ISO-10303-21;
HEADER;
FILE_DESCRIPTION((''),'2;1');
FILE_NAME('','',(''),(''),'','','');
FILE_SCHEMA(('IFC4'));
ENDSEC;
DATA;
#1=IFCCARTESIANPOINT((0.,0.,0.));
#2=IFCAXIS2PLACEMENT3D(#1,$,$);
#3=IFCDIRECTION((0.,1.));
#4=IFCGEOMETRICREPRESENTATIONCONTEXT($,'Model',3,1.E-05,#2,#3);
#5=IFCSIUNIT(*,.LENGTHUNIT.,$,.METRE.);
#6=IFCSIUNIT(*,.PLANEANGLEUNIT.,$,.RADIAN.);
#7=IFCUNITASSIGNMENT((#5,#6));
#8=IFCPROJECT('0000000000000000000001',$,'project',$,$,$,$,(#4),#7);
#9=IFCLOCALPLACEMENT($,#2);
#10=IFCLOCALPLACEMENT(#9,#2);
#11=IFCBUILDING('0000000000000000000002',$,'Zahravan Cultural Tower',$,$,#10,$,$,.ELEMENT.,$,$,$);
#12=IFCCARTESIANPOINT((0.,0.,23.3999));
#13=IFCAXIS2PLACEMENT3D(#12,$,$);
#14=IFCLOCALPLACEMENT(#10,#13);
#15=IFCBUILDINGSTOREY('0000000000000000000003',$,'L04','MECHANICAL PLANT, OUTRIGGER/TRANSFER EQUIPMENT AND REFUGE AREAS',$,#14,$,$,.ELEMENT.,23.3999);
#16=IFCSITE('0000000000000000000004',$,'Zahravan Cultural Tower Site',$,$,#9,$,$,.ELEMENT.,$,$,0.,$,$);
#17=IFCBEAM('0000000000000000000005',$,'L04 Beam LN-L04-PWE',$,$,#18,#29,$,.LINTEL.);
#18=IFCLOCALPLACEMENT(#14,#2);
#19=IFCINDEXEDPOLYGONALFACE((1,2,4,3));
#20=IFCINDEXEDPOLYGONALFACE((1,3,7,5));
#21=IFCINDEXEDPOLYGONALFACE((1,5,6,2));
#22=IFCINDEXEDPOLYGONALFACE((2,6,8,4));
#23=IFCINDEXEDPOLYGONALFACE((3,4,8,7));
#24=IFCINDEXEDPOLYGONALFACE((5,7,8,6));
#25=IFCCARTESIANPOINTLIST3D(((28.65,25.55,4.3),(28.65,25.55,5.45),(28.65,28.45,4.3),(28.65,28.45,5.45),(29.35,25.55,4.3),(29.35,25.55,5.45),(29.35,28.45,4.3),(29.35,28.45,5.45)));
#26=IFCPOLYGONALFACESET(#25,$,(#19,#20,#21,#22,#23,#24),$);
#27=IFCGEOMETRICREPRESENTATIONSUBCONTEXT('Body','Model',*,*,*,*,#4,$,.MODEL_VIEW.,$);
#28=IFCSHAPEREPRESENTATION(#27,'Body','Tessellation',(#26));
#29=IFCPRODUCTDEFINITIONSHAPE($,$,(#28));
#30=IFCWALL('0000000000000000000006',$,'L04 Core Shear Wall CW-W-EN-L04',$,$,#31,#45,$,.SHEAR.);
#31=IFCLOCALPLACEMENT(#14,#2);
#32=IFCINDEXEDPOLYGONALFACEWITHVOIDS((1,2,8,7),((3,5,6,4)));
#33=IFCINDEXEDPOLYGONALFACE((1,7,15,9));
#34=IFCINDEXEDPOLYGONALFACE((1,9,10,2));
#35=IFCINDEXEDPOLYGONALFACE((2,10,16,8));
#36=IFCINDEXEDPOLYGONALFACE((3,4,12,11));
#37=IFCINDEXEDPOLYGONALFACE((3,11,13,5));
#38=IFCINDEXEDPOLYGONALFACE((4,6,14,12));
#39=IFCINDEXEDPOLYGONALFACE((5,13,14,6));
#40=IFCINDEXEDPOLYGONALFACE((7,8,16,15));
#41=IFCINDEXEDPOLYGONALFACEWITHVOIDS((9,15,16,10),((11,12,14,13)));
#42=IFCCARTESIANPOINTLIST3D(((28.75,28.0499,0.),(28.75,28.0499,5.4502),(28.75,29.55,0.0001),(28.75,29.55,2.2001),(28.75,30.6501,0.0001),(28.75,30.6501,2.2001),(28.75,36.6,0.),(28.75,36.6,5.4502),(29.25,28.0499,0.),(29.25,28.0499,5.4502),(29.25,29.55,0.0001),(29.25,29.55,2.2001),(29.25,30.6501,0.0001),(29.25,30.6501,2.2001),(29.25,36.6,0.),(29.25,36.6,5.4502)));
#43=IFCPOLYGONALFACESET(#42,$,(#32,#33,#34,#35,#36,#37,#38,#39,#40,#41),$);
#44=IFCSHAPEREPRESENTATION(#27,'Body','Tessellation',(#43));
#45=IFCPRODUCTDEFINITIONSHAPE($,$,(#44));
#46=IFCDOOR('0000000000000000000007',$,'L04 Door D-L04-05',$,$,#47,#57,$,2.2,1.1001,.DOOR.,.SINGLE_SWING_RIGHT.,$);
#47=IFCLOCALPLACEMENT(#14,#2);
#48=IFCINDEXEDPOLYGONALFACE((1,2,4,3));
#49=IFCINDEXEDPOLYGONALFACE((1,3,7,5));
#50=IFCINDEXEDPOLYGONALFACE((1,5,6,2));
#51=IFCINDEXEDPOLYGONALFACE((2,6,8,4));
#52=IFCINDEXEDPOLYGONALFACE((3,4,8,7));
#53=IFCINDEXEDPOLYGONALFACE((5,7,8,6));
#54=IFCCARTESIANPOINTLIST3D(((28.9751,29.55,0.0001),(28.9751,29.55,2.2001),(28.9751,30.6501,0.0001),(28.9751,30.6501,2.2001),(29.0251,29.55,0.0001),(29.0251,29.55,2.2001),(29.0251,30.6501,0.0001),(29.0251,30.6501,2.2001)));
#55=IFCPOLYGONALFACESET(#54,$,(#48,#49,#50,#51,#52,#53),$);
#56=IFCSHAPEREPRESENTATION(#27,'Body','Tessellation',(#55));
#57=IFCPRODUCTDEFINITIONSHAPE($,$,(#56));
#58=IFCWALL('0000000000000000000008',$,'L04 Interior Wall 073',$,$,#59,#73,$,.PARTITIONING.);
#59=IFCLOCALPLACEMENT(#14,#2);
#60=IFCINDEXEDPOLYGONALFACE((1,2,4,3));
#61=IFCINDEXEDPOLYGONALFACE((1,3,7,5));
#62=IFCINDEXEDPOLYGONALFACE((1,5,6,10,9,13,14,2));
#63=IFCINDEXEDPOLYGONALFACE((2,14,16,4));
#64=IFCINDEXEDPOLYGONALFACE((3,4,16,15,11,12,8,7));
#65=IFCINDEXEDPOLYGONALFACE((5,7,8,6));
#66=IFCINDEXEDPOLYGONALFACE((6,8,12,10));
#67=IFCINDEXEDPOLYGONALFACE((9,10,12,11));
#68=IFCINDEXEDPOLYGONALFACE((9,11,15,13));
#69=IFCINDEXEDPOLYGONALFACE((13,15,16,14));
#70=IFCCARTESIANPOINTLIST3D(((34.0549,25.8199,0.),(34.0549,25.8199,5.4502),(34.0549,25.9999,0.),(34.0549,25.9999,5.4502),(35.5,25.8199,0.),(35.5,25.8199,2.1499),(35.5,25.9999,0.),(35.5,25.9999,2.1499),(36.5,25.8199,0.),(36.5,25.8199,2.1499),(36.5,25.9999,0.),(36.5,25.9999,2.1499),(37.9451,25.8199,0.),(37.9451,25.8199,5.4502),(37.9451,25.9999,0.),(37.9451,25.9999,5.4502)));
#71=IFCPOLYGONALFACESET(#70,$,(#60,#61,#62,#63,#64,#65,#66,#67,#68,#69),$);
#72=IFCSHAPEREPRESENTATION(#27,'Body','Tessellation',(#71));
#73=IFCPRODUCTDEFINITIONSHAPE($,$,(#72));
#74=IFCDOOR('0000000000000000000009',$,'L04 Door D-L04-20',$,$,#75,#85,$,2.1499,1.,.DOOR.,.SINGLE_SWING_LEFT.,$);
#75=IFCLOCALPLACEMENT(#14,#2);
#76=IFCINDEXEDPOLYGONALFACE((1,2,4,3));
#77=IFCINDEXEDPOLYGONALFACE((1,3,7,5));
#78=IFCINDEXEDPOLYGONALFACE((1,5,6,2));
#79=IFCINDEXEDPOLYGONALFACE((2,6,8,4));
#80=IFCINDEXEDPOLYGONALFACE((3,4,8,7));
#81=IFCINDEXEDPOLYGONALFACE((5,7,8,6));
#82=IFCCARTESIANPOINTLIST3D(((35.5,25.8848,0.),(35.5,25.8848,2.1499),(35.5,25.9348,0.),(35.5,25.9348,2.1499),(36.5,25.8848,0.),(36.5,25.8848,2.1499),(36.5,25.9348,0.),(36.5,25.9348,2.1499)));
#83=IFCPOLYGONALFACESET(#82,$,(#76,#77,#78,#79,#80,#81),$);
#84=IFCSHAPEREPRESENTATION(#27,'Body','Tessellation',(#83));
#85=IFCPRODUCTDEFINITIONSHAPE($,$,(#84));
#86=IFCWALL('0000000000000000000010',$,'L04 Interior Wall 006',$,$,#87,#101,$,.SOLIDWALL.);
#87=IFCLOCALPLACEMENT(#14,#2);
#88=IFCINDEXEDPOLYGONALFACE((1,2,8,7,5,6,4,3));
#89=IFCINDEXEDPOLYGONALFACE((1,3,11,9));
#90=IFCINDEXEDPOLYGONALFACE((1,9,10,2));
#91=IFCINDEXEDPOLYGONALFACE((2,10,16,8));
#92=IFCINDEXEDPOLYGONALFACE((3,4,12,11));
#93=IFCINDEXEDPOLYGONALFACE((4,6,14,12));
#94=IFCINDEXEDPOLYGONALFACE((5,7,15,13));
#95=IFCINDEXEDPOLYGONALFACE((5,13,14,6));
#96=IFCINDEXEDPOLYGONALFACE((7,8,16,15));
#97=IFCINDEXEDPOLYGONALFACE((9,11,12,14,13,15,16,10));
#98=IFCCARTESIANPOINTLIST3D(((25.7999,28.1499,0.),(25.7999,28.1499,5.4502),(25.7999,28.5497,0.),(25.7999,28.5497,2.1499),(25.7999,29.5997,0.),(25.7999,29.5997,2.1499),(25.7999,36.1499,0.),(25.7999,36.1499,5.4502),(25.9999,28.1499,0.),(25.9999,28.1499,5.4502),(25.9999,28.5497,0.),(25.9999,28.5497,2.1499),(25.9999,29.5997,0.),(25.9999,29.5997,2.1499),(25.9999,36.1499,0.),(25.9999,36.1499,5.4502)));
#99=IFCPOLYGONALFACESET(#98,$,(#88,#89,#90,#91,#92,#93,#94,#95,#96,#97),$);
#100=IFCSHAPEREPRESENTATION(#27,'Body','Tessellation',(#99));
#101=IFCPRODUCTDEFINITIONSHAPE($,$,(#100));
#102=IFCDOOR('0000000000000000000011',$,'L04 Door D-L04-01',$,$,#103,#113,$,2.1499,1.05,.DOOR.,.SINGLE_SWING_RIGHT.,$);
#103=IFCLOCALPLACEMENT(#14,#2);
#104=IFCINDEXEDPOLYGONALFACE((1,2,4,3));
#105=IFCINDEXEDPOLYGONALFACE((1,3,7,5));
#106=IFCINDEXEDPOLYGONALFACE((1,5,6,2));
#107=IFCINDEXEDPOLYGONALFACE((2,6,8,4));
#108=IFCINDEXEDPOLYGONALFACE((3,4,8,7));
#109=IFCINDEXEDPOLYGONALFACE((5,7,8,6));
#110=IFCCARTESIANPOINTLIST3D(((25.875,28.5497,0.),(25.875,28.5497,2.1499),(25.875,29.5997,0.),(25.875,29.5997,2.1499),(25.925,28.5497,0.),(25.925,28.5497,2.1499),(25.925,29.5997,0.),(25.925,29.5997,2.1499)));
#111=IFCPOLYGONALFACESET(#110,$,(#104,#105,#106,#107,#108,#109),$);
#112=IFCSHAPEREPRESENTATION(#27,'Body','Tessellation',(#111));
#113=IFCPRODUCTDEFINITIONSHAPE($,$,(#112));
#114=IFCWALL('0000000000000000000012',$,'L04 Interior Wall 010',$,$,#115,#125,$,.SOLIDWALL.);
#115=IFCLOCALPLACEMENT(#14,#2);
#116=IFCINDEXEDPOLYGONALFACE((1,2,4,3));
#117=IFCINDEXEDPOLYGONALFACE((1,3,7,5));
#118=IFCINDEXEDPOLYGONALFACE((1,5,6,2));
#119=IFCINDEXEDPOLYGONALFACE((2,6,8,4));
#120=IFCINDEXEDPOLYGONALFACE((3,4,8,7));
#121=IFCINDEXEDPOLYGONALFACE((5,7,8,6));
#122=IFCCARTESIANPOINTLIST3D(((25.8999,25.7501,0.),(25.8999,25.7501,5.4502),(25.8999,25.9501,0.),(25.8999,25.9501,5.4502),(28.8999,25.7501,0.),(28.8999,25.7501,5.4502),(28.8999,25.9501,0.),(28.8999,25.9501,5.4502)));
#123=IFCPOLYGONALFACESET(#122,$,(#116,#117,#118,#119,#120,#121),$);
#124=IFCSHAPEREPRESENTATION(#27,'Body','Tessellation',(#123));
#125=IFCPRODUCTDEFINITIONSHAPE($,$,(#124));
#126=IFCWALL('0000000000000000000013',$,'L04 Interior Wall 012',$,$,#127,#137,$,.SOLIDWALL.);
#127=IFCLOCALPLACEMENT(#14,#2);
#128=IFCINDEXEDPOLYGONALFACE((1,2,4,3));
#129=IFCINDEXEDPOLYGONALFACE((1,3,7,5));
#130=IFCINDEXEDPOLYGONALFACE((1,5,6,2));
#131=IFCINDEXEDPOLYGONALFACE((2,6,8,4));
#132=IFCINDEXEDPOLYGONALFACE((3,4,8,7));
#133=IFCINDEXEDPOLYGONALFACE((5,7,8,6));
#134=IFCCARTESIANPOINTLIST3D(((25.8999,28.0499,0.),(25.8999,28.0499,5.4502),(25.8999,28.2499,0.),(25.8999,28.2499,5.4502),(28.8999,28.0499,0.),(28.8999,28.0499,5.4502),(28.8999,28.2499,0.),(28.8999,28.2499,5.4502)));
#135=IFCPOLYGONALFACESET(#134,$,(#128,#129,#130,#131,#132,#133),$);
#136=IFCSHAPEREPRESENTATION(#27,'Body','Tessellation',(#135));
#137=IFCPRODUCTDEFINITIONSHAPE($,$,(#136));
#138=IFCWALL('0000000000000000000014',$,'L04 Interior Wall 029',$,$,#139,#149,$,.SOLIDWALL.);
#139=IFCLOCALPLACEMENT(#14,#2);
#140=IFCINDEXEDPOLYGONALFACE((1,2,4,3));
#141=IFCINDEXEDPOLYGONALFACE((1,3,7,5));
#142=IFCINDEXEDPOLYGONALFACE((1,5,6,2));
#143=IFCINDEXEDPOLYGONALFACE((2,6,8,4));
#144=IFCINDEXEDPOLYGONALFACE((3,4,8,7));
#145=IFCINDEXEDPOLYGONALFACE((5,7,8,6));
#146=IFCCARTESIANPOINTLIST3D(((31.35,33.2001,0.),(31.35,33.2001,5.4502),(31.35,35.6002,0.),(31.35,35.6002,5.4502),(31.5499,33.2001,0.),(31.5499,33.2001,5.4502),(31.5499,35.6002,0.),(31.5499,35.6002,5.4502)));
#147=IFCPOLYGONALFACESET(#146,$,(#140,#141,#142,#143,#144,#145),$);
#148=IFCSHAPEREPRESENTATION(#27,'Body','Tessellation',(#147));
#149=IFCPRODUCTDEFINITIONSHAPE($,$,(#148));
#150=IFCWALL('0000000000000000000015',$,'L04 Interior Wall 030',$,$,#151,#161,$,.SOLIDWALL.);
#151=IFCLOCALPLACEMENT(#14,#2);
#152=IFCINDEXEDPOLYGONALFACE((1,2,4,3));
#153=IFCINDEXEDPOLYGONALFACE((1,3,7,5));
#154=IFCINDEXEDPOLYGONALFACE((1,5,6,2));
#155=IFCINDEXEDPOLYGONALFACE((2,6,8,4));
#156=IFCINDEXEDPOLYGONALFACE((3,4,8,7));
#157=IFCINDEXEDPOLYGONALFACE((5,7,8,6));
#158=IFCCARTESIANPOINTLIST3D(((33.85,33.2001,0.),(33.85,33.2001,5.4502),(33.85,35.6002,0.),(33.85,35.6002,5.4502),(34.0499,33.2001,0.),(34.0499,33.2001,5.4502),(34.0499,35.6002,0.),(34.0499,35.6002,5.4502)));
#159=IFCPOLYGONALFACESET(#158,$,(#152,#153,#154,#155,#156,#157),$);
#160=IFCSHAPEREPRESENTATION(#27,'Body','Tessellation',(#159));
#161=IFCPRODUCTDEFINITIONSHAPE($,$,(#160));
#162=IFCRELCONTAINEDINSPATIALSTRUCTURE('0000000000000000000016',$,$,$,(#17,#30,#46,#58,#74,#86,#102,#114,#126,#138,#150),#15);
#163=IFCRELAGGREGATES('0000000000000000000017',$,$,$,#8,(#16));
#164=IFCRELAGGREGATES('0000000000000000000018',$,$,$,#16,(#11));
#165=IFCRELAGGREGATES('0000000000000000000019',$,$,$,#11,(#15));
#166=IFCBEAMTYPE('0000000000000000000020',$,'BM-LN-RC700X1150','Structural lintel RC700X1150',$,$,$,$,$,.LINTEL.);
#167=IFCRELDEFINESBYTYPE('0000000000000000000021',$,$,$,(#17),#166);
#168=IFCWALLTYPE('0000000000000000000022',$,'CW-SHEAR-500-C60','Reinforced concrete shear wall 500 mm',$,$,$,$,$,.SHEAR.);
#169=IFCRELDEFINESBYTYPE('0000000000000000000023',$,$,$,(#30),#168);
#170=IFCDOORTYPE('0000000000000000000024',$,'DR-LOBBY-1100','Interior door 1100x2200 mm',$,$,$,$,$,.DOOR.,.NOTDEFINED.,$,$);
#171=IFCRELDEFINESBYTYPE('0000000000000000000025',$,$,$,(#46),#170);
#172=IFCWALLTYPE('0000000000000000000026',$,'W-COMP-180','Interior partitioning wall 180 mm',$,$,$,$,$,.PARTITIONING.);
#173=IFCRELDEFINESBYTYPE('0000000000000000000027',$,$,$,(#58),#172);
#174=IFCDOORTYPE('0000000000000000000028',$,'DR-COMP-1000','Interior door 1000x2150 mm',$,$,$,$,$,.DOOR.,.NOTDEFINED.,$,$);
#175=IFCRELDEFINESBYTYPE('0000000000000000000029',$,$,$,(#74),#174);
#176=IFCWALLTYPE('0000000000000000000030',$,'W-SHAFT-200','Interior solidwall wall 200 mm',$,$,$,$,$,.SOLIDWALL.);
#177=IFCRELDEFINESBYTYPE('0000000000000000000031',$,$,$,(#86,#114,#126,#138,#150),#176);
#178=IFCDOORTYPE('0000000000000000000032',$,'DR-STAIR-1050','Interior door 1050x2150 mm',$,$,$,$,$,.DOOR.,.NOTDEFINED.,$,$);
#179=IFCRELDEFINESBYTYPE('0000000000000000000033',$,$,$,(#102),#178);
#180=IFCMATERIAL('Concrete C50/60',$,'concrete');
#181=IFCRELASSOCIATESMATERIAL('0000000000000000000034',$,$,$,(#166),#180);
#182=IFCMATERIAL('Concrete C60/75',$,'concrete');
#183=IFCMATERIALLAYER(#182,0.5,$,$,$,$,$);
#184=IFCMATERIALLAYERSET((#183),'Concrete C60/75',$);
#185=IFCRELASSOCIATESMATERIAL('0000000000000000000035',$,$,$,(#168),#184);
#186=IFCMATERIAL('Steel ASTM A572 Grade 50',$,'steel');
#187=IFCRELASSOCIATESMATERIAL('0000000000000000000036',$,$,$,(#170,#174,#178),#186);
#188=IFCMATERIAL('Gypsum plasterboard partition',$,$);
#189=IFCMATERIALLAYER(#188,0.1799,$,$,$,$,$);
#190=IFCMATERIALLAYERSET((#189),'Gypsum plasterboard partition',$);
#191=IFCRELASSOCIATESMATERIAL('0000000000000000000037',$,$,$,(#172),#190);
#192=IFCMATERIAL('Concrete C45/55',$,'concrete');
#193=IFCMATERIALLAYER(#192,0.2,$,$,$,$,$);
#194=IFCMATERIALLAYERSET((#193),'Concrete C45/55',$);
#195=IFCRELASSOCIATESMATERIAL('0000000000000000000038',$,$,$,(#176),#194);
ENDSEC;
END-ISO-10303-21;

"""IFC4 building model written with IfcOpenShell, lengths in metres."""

from ifc_helpers import new_model, si_unit, direction, frame, frame_2d, origin, origin_2d, place, context, subcontext, project, spatial, rectangle, extrude, source, transform, mapped, material, layer, layer_set, material_profile, profile_set, type_object, element, fill, save


model = new_model("IFC4")

# Units and contexts
model_context = context("Model", 3, precision=1e-05, world=origin(), true_north=direction((0.0, 1.0)))
body_context = subcontext(model_context, "Body", "Model", "MODEL_VIEW")
ifc_project = project(units=[si_unit("LENGTHUNIT", "METRE"), si_unit("PLANEANGLEUNIT", "RADIAN")], contexts=[model_context])

# Site, building, storey
site_placement = place(None, origin())
site = spatial("IfcSite", under=ifc_project, at=site_placement, Name="Zahravan Cultural Tower Site", CompositionType="ELEMENT", RefElevation=0.0)
building_placement = place(site_placement, origin())
building = spatial("IfcBuilding", under=site, at=building_placement, Name="Zahravan Cultural Tower", CompositionType="ELEMENT")
storey_placement = place(building_placement, frame((0.0, 0.0, 23.3999)))
storey = spatial("IfcBuildingStorey", under=building, at=storey_placement, Name="L04", Description="MECHANICAL PLANT, OUTRIGGER/TRANSFER EQUIPMENT AND REFUGE AREAS", CompositionType="ELEMENT", Elevation=23.3999)

# Beam
ifc_material_1 = material(Name="Concrete C50/60", Category="concrete")
ifc_material_profile = material_profile(ifc_material_1, rectangle(XDim=0.7, YDim=1.1499, at=origin_2d()), Name="RC700X1150")
ifc_profile_set = profile_set([ifc_material_profile], Name="Concrete C50/60")
beam_type = type_object("IfcBeamType", Name="BM-LN-RC700X1150", Description="Structural lintel RC700X1150", PredefinedType="LINTEL", material=ifc_profile_set)
shared_shape_1 = source(origin(), body_context, "Body", "SweptSolid", [
    extrude(rectangle(XDim=0.7, YDim=1.1499, at=origin_2d()), origin(), (0.0, 0.0, 1.0), 2.8999),
])
beam_placement = place(storey_placement, frame((29.0, 25.55, 4.875), z_axis=(0.0, 1.0, 0.0), x_axis=(-1.0, 0.0, 0.0)))
element("IfcBeam", 1, at=beam_placement, inside=storey, type_object=beam_type, Name="L04 Beam LN-L04-PWE", PredefinedType="LINTEL", context=body_context, shape_type="MappedRepresentation", body=[
    mapped(shared_shape_1, transform((0.0, 0.0, 0.0), x_axis=(1.0, 0.0, 0.0), y_axis=(0.0, 1.0, 0.0), z_axis=(0.0, 0.0, 1.0), scale=1.0)),
])

# Walls, openings, doors
ifc_material_2 = material(Name="Concrete C60/75", Category="concrete")
ifc_layer_1 = layer(ifc_material_2, 0.5)
ifc_layer_set_1 = layer_set([ifc_layer_1], Name="Concrete C60/75")
wall_type_1 = type_object("IfcWallType", Name="CW-SHEAR-500-C60", Description="Reinforced concrete shear wall 500 mm", PredefinedType="SHEAR", material=ifc_layer_set_1)
wall_1_placement = place(storey_placement, frame((29.0, 28.05, 0.0), z_axis=(0.0, 0.0, 1.0), x_axis=(0.0, 1.0, 0.0)))
wall_1 = element("IfcWall", 2, at=wall_1_placement, inside=storey, type_object=wall_type_1, Name="L04 Core Shear Wall CW-W-EN-L04", PredefinedType="SHEAR", context=body_context, shape_type="SweptSolid", body=[
    extrude(rectangle(XDim=8.55, YDim=0.5, at=frame_2d((4.2749, 0.0))), origin(), (0.0, 0.0, 1.0), 5.4502),
])
opening_1_placement = place(wall_1_placement, frame((1.5, 0.0, 0.0)))
opening_1 = element("IfcOpeningElement", 3, at=opening_1_placement, cuts=wall_1, PredefinedType="OPENING", context=body_context, shape_type="SweptSolid", body=[
    extrude(rectangle(XDim=1.1001, YDim=2.2, at=frame_2d((0.55, 1.1001))), frame((0.0, 0.26, 0.0), z_axis=(0.0, -1.0, 0.0), x_axis=(1.0, 0.0, 0.0)), (0.0, 0.0, 1.0), 0.52),
])
ifc_material_3 = material(Name="Steel ASTM A572 Grade 50", Category="steel")
door_type_1 = type_object("IfcDoorType", Name="DR-LOBBY-1100", Description="Interior door 1100x2200 mm", OperationType="NOTDEFINED", PredefinedType="DOOR", material=ifc_material_3)
shared_shape_2 = source(origin(), body_context, "Body", "SweptSolid", [
    extrude(rectangle(XDim=1.1001, YDim=2.2, at=frame_2d((0.55, 1.1001))), frame((0.0, 0.0249, 0.0), z_axis=(0.0, -1.0, 0.0), x_axis=(1.0, 0.0, 0.0)), (0.0, 0.0, 1.0), 0.05),
])
door_1_placement = place(opening_1_placement, origin())
door_1 = element("IfcDoor", 4, at=door_1_placement, inside=storey, type_object=door_type_1, Name="L04 Door D-L04-05", OperationType="SINGLE_SWING_RIGHT", OverallHeight=2.2, OverallWidth=1.1001, PredefinedType="DOOR", context=body_context, shape_type="MappedRepresentation", body=[
    mapped(shared_shape_2, transform((0.0, 0.0, 0.0), x_axis=(1.0, 0.0, 0.0), y_axis=(0.0, 1.0, 0.0), z_axis=(0.0, 0.0, 1.0), scale=1.0)),
])
fill(opening_1, door_1)
ifc_material_4 = material(Name="Gypsum plasterboard partition")
ifc_layer_2 = layer(ifc_material_4, 0.1799)
ifc_layer_set_2 = layer_set([ifc_layer_2], Name="Gypsum plasterboard partition")
wall_type_2 = type_object("IfcWallType", Name="W-COMP-180", Description="Interior partitioning wall 180 mm", PredefinedType="PARTITIONING", material=ifc_layer_set_2)
wall_2_placement = place(storey_placement, frame((34.0549, 25.9099, 0.0), z_axis=(0.0, 0.0, 1.0), x_axis=(1.0, 0.0, 0.0)))
wall_2 = element("IfcWall", 5, at=wall_2_placement, inside=storey, type_object=wall_type_2, Name="L04 Interior Wall 073", PredefinedType="PARTITIONING", context=body_context, shape_type="SweptSolid", body=[
    extrude(rectangle(XDim=3.8901, YDim=0.1799, at=frame_2d((1.9451, 0.0))), origin(), (0.0, 0.0, 1.0), 5.4502),
])
opening_2_placement = place(wall_2_placement, frame((1.4451, 0.0, 0.0)))
opening_2 = element("IfcOpeningElement", 6, at=opening_2_placement, cuts=wall_2, PredefinedType="OPENING", context=body_context, shape_type="SweptSolid", body=[
    extrude(rectangle(XDim=1.0, YDim=2.1499, at=frame_2d((0.5, 1.075))), frame((0.0, 0.0999, 0.0), z_axis=(0.0, -1.0, 0.0), x_axis=(1.0, 0.0, 0.0)), (0.0, 0.0, 1.0), 0.2),
])
door_type_2 = type_object("IfcDoorType", Name="DR-COMP-1000", Description="Interior door 1000x2150 mm", OperationType="NOTDEFINED", PredefinedType="DOOR", material=ifc_material_3)
shared_shape_3 = source(origin(), body_context, "Body", "SweptSolid", [
    extrude(rectangle(XDim=1.0, YDim=2.1499, at=frame_2d((0.5, 1.075))), frame((0.0, 0.0249, 0.0), z_axis=(0.0, -1.0, 0.0), x_axis=(1.0, 0.0, 0.0)), (0.0, 0.0, 1.0), 0.05),
])
door_2_placement = place(opening_2_placement, origin())
door_2 = element("IfcDoor", 7, at=door_2_placement, inside=storey, type_object=door_type_2, Name="L04 Door D-L04-20", OperationType="SINGLE_SWING_LEFT", OverallHeight=2.1499, OverallWidth=1.0, PredefinedType="DOOR", context=body_context, shape_type="MappedRepresentation", body=[
    mapped(shared_shape_3, transform((0.0, 0.0, 0.0), x_axis=(1.0, 0.0, 0.0), y_axis=(0.0, 1.0, 0.0), z_axis=(0.0, 0.0, 1.0), scale=1.0)),
])
fill(opening_2, door_2)
ifc_material_5 = material(Name="Concrete C45/55", Category="concrete")
ifc_layer_3 = layer(ifc_material_5, 0.2)
ifc_layer_set_3 = layer_set([ifc_layer_3], Name="Concrete C45/55")
wall_type_3 = type_object("IfcWallType", Name="W-SHAFT-200", Description="Interior solidwall wall 200 mm", PredefinedType="SOLIDWALL", material=ifc_layer_set_3)
wall_3_placement = place(storey_placement, frame((25.8999, 28.1499, 0.0), z_axis=(0.0, 0.0, 1.0), x_axis=(0.0, 1.0, 0.0)))
wall_3 = element("IfcWall", 8, at=wall_3_placement, inside=storey, type_object=wall_type_3, Name="L04 Interior Wall 006", PredefinedType="SOLIDWALL", context=body_context, shape_type="SweptSolid", body=[
    extrude(rectangle(XDim=8.0, YDim=0.2, at=frame_2d((4.0, 0.0))), origin(), (0.0, 0.0, 1.0), 5.4502),
])
opening_3_placement = place(wall_3_placement, frame((0.3999, 0.0, 0.0)))
opening_3 = element("IfcOpeningElement", 9, at=opening_3_placement, cuts=wall_3, PredefinedType="OPENING", context=body_context, shape_type="SweptSolid", body=[
    extrude(rectangle(XDim=1.05, YDim=2.1499, at=frame_2d((0.5249, 1.075))), frame((0.0, 0.1099, 0.0), z_axis=(0.0, -1.0, 0.0), x_axis=(1.0, 0.0, 0.0)), (0.0, 0.0, 1.0), 0.22),
])
door_type_3 = type_object("IfcDoorType", Name="DR-STAIR-1050", Description="Interior door 1050x2150 mm", OperationType="NOTDEFINED", PredefinedType="DOOR", material=ifc_material_3)
shared_shape_4 = source(origin(), body_context, "Body", "SweptSolid", [
    extrude(rectangle(XDim=1.05, YDim=2.1499, at=frame_2d((0.5249, 1.075))), frame((0.0, 0.0249, 0.0), z_axis=(0.0, -1.0, 0.0), x_axis=(1.0, 0.0, 0.0)), (0.0, 0.0, 1.0), 0.05),
])
door_3_placement = place(opening_3_placement, origin())
door_3 = element("IfcDoor", 10, at=door_3_placement, inside=storey, type_object=door_type_3, Name="L04 Door D-L04-01", OperationType="SINGLE_SWING_RIGHT", OverallHeight=2.1499, OverallWidth=1.05, PredefinedType="DOOR", context=body_context, shape_type="MappedRepresentation", body=[
    mapped(shared_shape_4, transform((0.0, 0.0, 0.0), x_axis=(1.0, 0.0, 0.0), y_axis=(0.0, 1.0, 0.0), z_axis=(0.0, 0.0, 1.0), scale=1.0)),
])
fill(opening_3, door_3)

# Walls
shared_shape_5 = source(origin(), body_context, "Body", "SweptSolid", [
    extrude(rectangle(XDim=3.0, YDim=0.2, at=frame_2d((1.5, 0.0))), origin(), (0.0, 0.0, 1.0), 5.4502),
])
for number, where, z_axis, x_axis, name in (
    (11, (25.8999, 25.8501, 0.0), (0.0, 0.0, 1.0), (1.0, 0.0, 0.0), "L04 Interior Wall 010"),
    (12, (25.8999, 28.1499, 0.0), (0.0, 0.0, 1.0), (1.0, 0.0, 0.0), "L04 Interior Wall 012"),
):
    element("IfcWall", number, at=place(storey_placement, frame(where, z_axis=z_axis, x_axis=x_axis)), inside=storey, type_object=wall_type_3, Name=name, PredefinedType="SOLIDWALL", context=body_context, shape_type="MappedRepresentation", body=[
        mapped(shared_shape_5, transform((0.0, 0.0, 0.0), x_axis=(1.0, 0.0, 0.0), y_axis=(0.0, 1.0, 0.0), z_axis=(0.0, 0.0, 1.0), scale=1.0)),
    ])
shared_shape_6 = source(origin(), body_context, "Body", "SweptSolid", [
    extrude(rectangle(XDim=2.4001, YDim=0.2, at=frame_2d((1.2002, 0.0))), origin(), (0.0, 0.0, 1.0), 5.4502),
])
for number, where, z_axis, x_axis, name in (
    (13, (31.45, 33.2, 0.0), (0.0, 0.0, 1.0), (0.0, 1.0, 0.0), "L04 Interior Wall 029"),
    (14, (33.95, 33.2, 0.0), (0.0, 0.0, 1.0), (0.0, 1.0, 0.0), "L04 Interior Wall 030"),
):
    element("IfcWall", number, at=place(storey_placement, frame(where, z_axis=z_axis, x_axis=x_axis)), inside=storey, type_object=wall_type_3, Name=name, PredefinedType="SOLIDWALL", context=body_context, shape_type="MappedRepresentation", body=[
        mapped(shared_shape_6, transform((0.0, 0.0, 0.0), x_axis=(1.0, 0.0, 0.0), y_axis=(0.0, 1.0, 0.0), z_axis=(0.0, 0.0, 1.0), scale=1.0)),
    ])

save(model, "model.ifc")
